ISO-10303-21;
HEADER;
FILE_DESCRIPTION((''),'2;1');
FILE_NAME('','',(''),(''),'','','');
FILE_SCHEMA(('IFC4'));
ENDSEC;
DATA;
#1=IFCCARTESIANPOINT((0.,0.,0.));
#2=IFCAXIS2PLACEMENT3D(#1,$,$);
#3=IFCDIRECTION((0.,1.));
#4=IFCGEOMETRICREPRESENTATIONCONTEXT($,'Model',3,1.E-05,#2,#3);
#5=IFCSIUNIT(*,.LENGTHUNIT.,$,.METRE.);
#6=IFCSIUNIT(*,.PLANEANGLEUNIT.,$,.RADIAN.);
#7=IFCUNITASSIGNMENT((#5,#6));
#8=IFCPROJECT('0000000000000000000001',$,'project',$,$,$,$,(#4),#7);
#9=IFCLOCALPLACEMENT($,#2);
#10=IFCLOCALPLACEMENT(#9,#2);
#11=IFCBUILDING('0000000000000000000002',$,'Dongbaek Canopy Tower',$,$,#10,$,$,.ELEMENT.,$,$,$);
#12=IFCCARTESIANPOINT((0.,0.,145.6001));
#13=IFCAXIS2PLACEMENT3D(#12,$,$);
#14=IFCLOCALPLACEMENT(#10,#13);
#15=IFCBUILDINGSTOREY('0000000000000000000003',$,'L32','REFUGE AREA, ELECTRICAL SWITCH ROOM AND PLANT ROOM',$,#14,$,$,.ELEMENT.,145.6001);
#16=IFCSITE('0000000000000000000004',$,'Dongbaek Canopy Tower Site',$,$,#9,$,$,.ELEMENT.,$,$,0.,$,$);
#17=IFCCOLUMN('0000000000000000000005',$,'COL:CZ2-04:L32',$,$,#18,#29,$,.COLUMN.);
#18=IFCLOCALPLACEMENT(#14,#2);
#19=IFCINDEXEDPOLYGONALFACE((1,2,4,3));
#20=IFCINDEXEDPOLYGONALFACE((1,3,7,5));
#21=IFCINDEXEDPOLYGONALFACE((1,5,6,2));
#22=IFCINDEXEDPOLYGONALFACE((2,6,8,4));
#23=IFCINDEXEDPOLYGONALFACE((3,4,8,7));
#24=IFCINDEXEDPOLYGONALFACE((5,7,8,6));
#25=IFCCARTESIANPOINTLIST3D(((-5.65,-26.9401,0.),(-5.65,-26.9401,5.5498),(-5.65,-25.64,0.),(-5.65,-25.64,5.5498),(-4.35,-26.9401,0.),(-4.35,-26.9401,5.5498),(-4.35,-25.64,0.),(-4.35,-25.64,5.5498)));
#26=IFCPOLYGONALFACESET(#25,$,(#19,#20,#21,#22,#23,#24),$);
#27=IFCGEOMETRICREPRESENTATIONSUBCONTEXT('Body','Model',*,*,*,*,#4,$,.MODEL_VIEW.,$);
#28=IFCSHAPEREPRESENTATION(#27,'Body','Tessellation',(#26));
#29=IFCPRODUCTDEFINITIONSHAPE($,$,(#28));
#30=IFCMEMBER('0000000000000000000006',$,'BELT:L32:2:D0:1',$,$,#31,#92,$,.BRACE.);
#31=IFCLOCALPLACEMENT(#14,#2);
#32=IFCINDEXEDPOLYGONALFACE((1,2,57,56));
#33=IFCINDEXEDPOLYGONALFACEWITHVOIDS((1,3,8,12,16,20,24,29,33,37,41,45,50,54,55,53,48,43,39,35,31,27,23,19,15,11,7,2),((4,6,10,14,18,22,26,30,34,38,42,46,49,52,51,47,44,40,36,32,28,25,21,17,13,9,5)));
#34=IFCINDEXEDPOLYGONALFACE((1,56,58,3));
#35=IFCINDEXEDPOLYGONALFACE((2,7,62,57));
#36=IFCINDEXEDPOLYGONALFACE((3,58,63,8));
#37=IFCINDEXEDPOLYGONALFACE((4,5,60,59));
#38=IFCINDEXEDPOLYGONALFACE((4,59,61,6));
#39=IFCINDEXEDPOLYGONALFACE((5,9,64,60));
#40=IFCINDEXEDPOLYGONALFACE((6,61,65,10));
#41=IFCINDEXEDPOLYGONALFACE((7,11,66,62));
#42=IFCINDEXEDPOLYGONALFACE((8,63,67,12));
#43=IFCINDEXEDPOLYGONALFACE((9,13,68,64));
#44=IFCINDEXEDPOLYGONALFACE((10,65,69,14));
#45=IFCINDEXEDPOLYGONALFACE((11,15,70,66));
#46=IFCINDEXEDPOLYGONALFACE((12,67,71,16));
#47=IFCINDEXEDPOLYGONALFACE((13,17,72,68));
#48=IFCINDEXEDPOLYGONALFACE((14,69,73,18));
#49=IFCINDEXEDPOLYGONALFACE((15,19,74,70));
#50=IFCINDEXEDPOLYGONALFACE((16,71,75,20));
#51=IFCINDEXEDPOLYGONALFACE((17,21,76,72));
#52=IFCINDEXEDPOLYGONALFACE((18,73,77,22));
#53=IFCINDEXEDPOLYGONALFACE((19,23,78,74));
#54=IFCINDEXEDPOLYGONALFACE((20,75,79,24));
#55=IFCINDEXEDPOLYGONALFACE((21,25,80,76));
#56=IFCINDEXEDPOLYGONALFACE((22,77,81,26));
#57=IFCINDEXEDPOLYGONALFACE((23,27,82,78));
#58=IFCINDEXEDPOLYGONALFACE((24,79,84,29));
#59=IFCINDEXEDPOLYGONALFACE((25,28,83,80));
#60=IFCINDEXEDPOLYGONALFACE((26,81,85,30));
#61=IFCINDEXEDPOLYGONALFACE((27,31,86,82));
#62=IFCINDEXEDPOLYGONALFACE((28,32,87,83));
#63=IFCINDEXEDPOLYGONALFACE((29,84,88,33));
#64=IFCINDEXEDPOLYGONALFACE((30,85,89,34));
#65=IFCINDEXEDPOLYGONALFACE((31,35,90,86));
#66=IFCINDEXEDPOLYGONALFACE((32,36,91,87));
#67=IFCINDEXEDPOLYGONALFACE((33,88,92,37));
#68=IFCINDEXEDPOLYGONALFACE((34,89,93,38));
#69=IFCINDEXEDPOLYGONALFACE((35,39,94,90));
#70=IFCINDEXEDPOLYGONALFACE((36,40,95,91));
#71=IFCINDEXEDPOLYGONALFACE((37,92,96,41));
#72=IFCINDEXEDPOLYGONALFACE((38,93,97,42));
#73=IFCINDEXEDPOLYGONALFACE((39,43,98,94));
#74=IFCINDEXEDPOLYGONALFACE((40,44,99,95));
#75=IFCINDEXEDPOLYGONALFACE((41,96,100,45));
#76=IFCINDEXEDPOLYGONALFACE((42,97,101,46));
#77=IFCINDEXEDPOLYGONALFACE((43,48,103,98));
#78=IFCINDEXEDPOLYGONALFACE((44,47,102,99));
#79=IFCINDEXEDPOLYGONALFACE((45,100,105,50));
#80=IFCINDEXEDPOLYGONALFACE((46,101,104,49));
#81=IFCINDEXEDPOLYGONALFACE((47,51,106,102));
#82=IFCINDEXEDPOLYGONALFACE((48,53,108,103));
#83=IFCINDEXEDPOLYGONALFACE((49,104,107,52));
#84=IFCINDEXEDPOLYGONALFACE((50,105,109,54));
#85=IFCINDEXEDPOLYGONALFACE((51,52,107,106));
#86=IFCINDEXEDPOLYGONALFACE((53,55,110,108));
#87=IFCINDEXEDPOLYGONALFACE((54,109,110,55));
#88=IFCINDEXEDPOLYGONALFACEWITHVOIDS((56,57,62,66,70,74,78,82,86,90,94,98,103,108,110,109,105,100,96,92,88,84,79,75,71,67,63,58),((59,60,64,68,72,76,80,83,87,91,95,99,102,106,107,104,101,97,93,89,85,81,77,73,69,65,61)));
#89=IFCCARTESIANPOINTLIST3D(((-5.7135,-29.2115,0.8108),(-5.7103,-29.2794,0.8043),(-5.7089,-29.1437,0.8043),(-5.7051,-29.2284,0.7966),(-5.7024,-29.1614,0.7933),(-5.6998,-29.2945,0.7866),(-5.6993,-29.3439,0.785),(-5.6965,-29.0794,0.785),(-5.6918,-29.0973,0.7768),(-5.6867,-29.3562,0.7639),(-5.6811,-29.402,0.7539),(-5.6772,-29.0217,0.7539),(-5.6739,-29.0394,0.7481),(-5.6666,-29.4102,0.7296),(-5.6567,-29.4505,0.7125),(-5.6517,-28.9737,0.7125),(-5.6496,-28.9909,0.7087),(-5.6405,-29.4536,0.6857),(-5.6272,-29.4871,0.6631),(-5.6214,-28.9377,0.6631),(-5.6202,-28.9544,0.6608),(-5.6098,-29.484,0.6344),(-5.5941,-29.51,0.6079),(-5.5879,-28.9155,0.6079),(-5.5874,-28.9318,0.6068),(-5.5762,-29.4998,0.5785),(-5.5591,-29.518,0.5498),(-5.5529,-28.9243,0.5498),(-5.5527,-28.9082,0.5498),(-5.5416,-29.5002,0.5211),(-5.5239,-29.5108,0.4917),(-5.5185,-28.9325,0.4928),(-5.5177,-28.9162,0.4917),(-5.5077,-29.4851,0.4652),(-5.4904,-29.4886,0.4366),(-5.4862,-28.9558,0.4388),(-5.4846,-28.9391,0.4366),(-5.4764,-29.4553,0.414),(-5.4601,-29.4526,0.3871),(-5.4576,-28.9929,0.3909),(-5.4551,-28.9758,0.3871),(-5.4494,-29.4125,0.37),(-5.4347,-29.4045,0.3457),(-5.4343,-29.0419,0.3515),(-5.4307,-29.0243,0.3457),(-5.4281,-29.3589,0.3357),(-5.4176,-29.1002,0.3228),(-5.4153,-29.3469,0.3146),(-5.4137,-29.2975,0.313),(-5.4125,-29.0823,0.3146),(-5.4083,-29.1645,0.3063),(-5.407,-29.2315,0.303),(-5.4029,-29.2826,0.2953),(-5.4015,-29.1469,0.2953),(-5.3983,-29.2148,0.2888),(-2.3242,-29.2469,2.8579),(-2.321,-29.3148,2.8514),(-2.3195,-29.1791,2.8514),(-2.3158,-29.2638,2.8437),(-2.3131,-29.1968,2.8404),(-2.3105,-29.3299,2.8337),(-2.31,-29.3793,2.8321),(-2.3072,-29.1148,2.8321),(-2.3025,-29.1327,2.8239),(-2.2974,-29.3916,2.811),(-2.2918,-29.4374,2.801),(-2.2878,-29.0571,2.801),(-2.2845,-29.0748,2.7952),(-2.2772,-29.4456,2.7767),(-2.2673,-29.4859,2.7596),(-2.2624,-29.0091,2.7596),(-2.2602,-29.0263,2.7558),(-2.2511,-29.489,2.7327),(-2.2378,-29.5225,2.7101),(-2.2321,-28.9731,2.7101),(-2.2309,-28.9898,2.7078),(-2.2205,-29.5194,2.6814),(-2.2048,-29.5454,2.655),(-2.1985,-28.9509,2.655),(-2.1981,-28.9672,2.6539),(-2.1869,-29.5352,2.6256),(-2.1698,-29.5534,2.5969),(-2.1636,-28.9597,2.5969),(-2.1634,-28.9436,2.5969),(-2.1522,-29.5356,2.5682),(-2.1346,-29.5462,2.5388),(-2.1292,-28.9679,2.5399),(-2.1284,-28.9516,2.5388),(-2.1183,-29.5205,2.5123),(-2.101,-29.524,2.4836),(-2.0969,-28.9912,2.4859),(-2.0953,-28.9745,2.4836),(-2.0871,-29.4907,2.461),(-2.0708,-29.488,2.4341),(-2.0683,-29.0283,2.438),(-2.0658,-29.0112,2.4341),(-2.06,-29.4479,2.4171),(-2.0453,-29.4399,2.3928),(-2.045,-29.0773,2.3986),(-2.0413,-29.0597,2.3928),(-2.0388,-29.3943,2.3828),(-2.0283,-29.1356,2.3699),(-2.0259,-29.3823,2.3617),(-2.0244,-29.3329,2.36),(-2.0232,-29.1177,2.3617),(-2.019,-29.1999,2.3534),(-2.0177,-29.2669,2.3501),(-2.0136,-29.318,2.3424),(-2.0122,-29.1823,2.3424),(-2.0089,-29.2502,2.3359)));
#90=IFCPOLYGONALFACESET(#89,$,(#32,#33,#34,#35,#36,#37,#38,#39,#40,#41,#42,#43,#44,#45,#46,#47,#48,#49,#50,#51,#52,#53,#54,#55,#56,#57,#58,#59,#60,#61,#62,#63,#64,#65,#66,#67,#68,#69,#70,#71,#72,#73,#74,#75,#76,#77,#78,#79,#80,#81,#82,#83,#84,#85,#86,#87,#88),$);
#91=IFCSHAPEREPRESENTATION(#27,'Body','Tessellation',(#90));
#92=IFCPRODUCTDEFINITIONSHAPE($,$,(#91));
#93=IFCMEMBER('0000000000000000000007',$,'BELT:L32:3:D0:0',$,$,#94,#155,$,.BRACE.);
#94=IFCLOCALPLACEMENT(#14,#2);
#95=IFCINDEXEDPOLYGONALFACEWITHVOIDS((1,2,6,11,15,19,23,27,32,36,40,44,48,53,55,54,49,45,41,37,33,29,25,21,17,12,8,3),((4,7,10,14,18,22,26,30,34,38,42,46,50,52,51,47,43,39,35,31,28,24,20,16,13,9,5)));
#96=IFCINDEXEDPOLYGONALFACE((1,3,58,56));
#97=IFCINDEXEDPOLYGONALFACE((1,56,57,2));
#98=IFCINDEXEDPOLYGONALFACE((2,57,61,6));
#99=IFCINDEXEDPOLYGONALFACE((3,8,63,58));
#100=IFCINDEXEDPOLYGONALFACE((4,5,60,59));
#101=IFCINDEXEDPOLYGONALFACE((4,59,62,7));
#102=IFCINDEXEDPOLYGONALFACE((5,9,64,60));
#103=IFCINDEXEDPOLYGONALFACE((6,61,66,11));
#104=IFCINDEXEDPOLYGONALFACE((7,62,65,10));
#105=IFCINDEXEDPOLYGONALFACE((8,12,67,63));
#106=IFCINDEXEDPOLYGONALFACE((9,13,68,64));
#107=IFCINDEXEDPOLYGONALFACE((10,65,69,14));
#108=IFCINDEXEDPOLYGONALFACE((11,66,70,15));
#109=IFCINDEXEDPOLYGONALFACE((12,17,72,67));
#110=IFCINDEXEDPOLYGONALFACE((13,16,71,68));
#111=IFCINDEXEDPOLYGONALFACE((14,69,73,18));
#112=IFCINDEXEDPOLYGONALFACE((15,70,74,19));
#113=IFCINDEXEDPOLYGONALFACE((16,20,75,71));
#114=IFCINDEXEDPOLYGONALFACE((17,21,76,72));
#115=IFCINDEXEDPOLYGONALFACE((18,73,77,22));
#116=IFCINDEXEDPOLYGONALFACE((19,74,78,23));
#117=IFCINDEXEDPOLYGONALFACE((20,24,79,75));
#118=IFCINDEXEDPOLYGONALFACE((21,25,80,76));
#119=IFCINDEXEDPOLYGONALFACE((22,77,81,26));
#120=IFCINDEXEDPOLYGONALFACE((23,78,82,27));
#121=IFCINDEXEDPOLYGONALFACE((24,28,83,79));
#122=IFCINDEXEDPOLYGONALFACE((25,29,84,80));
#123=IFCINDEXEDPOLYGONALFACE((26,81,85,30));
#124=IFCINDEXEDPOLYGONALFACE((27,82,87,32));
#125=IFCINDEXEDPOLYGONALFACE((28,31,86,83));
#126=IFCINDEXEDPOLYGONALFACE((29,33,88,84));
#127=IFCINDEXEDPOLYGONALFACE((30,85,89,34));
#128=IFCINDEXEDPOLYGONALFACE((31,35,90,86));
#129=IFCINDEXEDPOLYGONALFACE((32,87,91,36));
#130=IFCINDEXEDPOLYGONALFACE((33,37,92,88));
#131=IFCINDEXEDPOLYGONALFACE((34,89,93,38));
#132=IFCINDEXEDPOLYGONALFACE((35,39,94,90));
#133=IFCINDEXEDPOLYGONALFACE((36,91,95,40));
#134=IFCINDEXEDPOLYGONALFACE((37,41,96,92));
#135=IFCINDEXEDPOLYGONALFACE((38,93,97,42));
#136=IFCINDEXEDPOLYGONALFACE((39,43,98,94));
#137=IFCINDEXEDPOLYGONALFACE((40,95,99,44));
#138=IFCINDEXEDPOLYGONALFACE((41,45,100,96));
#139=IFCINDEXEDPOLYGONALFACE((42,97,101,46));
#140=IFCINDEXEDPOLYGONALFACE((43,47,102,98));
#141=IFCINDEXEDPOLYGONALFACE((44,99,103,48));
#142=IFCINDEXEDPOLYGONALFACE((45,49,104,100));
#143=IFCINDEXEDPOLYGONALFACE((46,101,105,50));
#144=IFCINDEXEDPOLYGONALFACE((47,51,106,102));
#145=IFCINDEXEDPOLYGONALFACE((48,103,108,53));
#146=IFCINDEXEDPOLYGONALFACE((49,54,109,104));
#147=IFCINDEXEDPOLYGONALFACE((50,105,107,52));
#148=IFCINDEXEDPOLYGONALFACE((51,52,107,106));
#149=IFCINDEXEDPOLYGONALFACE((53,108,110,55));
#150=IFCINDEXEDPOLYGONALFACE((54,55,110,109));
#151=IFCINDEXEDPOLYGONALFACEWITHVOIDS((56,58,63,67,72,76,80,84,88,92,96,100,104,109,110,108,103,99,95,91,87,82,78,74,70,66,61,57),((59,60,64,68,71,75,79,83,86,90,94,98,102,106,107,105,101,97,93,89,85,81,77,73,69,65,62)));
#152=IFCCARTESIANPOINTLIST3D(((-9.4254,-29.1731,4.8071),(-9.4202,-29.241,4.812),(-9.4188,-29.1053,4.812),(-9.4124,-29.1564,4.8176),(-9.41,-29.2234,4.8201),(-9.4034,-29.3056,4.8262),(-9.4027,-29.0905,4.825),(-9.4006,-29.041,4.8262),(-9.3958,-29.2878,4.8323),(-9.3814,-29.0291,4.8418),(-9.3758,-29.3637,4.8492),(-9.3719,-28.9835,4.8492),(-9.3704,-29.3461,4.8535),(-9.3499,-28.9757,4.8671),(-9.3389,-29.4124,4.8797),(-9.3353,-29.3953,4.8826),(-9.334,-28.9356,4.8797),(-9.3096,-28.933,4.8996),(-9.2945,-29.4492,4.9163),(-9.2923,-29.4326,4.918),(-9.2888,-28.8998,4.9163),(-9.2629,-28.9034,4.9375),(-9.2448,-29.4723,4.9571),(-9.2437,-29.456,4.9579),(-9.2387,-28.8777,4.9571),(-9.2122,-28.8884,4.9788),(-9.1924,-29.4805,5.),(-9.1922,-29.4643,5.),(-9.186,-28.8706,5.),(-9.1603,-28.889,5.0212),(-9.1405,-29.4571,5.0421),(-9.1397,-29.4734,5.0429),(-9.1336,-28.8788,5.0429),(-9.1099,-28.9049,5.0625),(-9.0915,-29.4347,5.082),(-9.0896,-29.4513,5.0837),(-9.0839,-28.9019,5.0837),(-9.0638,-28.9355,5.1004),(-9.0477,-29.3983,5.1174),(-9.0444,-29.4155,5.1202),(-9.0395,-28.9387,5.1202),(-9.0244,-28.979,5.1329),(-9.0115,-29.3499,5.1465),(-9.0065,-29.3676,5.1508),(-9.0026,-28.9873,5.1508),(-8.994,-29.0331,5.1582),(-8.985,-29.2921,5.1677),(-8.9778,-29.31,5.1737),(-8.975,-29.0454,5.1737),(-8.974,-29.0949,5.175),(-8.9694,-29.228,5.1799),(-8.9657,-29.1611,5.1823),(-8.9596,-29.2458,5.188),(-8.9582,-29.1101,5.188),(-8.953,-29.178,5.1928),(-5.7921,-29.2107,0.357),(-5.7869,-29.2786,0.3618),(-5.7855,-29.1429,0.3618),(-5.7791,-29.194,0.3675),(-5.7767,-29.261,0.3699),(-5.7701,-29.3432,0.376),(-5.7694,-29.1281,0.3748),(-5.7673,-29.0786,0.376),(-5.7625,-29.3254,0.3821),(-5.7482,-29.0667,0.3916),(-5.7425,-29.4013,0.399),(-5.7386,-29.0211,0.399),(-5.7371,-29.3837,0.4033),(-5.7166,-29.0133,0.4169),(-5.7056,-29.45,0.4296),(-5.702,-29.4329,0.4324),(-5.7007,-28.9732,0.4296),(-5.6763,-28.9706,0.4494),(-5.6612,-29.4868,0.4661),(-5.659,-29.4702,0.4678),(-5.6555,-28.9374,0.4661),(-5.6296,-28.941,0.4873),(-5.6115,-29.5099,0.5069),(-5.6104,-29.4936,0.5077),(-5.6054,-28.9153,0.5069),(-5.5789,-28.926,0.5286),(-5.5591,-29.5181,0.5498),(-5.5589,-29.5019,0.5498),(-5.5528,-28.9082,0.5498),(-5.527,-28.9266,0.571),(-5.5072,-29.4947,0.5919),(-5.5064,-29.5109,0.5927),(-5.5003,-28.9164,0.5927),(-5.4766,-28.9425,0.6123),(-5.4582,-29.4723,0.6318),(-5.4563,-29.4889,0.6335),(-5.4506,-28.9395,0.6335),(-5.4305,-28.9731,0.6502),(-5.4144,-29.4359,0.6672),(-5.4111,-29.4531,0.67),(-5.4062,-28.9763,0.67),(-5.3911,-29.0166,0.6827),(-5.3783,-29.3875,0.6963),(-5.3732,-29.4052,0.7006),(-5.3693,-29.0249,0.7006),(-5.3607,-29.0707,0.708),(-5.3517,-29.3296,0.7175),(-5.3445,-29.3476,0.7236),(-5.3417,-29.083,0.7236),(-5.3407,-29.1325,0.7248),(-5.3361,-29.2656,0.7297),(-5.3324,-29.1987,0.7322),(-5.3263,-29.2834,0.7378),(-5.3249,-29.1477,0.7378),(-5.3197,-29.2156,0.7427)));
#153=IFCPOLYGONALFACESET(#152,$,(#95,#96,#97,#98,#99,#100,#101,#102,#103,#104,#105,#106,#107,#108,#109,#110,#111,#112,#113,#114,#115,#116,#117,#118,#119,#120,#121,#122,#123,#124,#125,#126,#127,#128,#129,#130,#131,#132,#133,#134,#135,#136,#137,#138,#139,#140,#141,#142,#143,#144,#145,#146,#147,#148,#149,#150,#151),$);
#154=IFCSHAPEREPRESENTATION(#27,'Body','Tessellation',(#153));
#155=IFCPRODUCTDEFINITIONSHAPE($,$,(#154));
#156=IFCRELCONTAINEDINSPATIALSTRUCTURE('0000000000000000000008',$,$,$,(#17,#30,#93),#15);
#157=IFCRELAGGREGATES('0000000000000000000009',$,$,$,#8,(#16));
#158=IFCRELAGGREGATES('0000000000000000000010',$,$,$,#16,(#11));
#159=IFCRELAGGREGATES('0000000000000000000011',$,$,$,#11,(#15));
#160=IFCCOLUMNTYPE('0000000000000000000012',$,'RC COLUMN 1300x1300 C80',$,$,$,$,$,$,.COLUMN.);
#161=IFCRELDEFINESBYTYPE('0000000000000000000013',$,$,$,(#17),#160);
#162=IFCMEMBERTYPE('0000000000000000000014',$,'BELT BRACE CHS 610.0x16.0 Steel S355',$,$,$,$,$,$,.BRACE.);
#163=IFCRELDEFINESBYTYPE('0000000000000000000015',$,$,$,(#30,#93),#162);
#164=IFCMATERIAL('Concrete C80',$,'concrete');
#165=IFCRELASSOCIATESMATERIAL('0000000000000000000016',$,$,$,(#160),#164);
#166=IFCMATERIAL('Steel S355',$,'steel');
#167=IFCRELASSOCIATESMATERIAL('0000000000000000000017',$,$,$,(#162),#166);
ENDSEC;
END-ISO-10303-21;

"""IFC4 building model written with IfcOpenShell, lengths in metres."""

from ifc_helpers import new_model, si_unit, direction, frame, origin, origin_2d, place, context, subcontext, project, spatial, rectangle, hollow_circle, extrude, material, material_profile, profile_set, type_object, element, save


model = new_model("IFC4")

# Units and contexts
model_context = context("Model", 3, precision=1e-05, world=origin(), true_north=direction((0.0, 1.0)))
body_context = subcontext(model_context, "Body", "Model", "MODEL_VIEW")
ifc_project = project(units=[si_unit("LENGTHUNIT", "METRE"), si_unit("PLANEANGLEUNIT", "RADIAN")], contexts=[model_context])

# Site, building, storey
site_placement = place(None, origin())
site = spatial("IfcSite", under=ifc_project, at=site_placement, Name="Dongbaek Canopy Tower Site", CompositionType="ELEMENT", RefElevation=0.0)
building_placement = place(site_placement, origin())
building = spatial("IfcBuilding", under=site, at=building_placement, Name="Dongbaek Canopy Tower", CompositionType="ELEMENT")
storey_placement = place(building_placement, frame((0.0, 0.0, 145.6001)))
storey = spatial("IfcBuildingStorey", under=building, at=storey_placement, Name="L32", Description="REFUGE AREA, ELECTRICAL SWITCH ROOM AND PLANT ROOM", CompositionType="ELEMENT", Elevation=145.6001)

# Column
ifc_material_1 = material(Name="Concrete C80", Category="concrete")
ifc_material_profile_1 = material_profile(ifc_material_1, rectangle(XDim=1.3, YDim=1.3, at=origin_2d()), Name="RC COLUMN 1300x1300 C80")
ifc_profile_set_1 = profile_set([ifc_material_profile_1], Name="Concrete C80")
column_type = type_object("IfcColumnType", Name="RC COLUMN 1300x1300 C80", PredefinedType="COLUMN", material=ifc_profile_set_1)
column_placement = place(storey_placement, frame((-5.0, -26.29, 0.0), z_axis=(0.0, 0.0, 1.0), x_axis=(1.0, 0.0, 0.0)))
element("IfcColumn", 1, at=column_placement, inside=storey, type_object=column_type, Name="COL:CZ2-04:L32", PredefinedType="COLUMN", context=body_context, shape_type="SweptSolid", body=[
    extrude(rectangle(XDim=1.3, YDim=1.3, at=origin_2d()), origin(), (0.0, 0.0, 1.0), 5.5498),
])

# Members
ifc_material_2 = material(Name="Steel S355", Category="steel")
ifc_material_profile_2 = material_profile(ifc_material_2, hollow_circle(Radius=0.3049, WallThickness=0.0161, at=origin_2d()), Name="BELT BRACE CHS 610.0x16.0 Steel S355")
ifc_profile_set_2 = profile_set([ifc_material_profile_2], Name="Steel S355")
member_type_1 = type_object("IfcMemberType", Name="BELT BRACE CHS 610.0x16.0 Steel S355", PredefinedType="BRACE", material=ifc_profile_set_2)
member_1_placement = place(storey_placement, frame((-5.5559, -29.2131, 0.5498), z_axis=(0.855954, -0.00894, 0.516975), x_axis=(0.010444, 0.999945, 0.0)))
element("IfcMember", 2, at=member_1_placement, inside=storey, type_object=member_type_1, Name="BELT:L32:2:D0:1", PredefinedType="BRACE", context=body_context, shape_type="SweptSolid", body=[
    extrude(hollow_circle(Radius=0.3049, WallThickness=0.0161, at=origin_2d()), origin(), (0.0, 0.0, 1.0), 3.9597),
])
member_2_placement = place(storey_placement, frame((-5.5559, -29.2131, 0.5498), z_axis=(-0.632414, 0.006544, 0.774603), x_axis=(-0.010348, -0.999946, 0.0)))
element("IfcMember", 3, at=member_2_placement, inside=storey, type_object=member_type_1, Name="BELT:L32:3:D0:0", PredefinedType="BRACE", context=body_context, shape_type="SweptSolid", body=[
    extrude(hollow_circle(Radius=0.3049, WallThickness=0.0161, at=origin_2d()), origin(), (0.0, 0.0, 1.0), 5.7451),
])

save(model, "model.ifc")
